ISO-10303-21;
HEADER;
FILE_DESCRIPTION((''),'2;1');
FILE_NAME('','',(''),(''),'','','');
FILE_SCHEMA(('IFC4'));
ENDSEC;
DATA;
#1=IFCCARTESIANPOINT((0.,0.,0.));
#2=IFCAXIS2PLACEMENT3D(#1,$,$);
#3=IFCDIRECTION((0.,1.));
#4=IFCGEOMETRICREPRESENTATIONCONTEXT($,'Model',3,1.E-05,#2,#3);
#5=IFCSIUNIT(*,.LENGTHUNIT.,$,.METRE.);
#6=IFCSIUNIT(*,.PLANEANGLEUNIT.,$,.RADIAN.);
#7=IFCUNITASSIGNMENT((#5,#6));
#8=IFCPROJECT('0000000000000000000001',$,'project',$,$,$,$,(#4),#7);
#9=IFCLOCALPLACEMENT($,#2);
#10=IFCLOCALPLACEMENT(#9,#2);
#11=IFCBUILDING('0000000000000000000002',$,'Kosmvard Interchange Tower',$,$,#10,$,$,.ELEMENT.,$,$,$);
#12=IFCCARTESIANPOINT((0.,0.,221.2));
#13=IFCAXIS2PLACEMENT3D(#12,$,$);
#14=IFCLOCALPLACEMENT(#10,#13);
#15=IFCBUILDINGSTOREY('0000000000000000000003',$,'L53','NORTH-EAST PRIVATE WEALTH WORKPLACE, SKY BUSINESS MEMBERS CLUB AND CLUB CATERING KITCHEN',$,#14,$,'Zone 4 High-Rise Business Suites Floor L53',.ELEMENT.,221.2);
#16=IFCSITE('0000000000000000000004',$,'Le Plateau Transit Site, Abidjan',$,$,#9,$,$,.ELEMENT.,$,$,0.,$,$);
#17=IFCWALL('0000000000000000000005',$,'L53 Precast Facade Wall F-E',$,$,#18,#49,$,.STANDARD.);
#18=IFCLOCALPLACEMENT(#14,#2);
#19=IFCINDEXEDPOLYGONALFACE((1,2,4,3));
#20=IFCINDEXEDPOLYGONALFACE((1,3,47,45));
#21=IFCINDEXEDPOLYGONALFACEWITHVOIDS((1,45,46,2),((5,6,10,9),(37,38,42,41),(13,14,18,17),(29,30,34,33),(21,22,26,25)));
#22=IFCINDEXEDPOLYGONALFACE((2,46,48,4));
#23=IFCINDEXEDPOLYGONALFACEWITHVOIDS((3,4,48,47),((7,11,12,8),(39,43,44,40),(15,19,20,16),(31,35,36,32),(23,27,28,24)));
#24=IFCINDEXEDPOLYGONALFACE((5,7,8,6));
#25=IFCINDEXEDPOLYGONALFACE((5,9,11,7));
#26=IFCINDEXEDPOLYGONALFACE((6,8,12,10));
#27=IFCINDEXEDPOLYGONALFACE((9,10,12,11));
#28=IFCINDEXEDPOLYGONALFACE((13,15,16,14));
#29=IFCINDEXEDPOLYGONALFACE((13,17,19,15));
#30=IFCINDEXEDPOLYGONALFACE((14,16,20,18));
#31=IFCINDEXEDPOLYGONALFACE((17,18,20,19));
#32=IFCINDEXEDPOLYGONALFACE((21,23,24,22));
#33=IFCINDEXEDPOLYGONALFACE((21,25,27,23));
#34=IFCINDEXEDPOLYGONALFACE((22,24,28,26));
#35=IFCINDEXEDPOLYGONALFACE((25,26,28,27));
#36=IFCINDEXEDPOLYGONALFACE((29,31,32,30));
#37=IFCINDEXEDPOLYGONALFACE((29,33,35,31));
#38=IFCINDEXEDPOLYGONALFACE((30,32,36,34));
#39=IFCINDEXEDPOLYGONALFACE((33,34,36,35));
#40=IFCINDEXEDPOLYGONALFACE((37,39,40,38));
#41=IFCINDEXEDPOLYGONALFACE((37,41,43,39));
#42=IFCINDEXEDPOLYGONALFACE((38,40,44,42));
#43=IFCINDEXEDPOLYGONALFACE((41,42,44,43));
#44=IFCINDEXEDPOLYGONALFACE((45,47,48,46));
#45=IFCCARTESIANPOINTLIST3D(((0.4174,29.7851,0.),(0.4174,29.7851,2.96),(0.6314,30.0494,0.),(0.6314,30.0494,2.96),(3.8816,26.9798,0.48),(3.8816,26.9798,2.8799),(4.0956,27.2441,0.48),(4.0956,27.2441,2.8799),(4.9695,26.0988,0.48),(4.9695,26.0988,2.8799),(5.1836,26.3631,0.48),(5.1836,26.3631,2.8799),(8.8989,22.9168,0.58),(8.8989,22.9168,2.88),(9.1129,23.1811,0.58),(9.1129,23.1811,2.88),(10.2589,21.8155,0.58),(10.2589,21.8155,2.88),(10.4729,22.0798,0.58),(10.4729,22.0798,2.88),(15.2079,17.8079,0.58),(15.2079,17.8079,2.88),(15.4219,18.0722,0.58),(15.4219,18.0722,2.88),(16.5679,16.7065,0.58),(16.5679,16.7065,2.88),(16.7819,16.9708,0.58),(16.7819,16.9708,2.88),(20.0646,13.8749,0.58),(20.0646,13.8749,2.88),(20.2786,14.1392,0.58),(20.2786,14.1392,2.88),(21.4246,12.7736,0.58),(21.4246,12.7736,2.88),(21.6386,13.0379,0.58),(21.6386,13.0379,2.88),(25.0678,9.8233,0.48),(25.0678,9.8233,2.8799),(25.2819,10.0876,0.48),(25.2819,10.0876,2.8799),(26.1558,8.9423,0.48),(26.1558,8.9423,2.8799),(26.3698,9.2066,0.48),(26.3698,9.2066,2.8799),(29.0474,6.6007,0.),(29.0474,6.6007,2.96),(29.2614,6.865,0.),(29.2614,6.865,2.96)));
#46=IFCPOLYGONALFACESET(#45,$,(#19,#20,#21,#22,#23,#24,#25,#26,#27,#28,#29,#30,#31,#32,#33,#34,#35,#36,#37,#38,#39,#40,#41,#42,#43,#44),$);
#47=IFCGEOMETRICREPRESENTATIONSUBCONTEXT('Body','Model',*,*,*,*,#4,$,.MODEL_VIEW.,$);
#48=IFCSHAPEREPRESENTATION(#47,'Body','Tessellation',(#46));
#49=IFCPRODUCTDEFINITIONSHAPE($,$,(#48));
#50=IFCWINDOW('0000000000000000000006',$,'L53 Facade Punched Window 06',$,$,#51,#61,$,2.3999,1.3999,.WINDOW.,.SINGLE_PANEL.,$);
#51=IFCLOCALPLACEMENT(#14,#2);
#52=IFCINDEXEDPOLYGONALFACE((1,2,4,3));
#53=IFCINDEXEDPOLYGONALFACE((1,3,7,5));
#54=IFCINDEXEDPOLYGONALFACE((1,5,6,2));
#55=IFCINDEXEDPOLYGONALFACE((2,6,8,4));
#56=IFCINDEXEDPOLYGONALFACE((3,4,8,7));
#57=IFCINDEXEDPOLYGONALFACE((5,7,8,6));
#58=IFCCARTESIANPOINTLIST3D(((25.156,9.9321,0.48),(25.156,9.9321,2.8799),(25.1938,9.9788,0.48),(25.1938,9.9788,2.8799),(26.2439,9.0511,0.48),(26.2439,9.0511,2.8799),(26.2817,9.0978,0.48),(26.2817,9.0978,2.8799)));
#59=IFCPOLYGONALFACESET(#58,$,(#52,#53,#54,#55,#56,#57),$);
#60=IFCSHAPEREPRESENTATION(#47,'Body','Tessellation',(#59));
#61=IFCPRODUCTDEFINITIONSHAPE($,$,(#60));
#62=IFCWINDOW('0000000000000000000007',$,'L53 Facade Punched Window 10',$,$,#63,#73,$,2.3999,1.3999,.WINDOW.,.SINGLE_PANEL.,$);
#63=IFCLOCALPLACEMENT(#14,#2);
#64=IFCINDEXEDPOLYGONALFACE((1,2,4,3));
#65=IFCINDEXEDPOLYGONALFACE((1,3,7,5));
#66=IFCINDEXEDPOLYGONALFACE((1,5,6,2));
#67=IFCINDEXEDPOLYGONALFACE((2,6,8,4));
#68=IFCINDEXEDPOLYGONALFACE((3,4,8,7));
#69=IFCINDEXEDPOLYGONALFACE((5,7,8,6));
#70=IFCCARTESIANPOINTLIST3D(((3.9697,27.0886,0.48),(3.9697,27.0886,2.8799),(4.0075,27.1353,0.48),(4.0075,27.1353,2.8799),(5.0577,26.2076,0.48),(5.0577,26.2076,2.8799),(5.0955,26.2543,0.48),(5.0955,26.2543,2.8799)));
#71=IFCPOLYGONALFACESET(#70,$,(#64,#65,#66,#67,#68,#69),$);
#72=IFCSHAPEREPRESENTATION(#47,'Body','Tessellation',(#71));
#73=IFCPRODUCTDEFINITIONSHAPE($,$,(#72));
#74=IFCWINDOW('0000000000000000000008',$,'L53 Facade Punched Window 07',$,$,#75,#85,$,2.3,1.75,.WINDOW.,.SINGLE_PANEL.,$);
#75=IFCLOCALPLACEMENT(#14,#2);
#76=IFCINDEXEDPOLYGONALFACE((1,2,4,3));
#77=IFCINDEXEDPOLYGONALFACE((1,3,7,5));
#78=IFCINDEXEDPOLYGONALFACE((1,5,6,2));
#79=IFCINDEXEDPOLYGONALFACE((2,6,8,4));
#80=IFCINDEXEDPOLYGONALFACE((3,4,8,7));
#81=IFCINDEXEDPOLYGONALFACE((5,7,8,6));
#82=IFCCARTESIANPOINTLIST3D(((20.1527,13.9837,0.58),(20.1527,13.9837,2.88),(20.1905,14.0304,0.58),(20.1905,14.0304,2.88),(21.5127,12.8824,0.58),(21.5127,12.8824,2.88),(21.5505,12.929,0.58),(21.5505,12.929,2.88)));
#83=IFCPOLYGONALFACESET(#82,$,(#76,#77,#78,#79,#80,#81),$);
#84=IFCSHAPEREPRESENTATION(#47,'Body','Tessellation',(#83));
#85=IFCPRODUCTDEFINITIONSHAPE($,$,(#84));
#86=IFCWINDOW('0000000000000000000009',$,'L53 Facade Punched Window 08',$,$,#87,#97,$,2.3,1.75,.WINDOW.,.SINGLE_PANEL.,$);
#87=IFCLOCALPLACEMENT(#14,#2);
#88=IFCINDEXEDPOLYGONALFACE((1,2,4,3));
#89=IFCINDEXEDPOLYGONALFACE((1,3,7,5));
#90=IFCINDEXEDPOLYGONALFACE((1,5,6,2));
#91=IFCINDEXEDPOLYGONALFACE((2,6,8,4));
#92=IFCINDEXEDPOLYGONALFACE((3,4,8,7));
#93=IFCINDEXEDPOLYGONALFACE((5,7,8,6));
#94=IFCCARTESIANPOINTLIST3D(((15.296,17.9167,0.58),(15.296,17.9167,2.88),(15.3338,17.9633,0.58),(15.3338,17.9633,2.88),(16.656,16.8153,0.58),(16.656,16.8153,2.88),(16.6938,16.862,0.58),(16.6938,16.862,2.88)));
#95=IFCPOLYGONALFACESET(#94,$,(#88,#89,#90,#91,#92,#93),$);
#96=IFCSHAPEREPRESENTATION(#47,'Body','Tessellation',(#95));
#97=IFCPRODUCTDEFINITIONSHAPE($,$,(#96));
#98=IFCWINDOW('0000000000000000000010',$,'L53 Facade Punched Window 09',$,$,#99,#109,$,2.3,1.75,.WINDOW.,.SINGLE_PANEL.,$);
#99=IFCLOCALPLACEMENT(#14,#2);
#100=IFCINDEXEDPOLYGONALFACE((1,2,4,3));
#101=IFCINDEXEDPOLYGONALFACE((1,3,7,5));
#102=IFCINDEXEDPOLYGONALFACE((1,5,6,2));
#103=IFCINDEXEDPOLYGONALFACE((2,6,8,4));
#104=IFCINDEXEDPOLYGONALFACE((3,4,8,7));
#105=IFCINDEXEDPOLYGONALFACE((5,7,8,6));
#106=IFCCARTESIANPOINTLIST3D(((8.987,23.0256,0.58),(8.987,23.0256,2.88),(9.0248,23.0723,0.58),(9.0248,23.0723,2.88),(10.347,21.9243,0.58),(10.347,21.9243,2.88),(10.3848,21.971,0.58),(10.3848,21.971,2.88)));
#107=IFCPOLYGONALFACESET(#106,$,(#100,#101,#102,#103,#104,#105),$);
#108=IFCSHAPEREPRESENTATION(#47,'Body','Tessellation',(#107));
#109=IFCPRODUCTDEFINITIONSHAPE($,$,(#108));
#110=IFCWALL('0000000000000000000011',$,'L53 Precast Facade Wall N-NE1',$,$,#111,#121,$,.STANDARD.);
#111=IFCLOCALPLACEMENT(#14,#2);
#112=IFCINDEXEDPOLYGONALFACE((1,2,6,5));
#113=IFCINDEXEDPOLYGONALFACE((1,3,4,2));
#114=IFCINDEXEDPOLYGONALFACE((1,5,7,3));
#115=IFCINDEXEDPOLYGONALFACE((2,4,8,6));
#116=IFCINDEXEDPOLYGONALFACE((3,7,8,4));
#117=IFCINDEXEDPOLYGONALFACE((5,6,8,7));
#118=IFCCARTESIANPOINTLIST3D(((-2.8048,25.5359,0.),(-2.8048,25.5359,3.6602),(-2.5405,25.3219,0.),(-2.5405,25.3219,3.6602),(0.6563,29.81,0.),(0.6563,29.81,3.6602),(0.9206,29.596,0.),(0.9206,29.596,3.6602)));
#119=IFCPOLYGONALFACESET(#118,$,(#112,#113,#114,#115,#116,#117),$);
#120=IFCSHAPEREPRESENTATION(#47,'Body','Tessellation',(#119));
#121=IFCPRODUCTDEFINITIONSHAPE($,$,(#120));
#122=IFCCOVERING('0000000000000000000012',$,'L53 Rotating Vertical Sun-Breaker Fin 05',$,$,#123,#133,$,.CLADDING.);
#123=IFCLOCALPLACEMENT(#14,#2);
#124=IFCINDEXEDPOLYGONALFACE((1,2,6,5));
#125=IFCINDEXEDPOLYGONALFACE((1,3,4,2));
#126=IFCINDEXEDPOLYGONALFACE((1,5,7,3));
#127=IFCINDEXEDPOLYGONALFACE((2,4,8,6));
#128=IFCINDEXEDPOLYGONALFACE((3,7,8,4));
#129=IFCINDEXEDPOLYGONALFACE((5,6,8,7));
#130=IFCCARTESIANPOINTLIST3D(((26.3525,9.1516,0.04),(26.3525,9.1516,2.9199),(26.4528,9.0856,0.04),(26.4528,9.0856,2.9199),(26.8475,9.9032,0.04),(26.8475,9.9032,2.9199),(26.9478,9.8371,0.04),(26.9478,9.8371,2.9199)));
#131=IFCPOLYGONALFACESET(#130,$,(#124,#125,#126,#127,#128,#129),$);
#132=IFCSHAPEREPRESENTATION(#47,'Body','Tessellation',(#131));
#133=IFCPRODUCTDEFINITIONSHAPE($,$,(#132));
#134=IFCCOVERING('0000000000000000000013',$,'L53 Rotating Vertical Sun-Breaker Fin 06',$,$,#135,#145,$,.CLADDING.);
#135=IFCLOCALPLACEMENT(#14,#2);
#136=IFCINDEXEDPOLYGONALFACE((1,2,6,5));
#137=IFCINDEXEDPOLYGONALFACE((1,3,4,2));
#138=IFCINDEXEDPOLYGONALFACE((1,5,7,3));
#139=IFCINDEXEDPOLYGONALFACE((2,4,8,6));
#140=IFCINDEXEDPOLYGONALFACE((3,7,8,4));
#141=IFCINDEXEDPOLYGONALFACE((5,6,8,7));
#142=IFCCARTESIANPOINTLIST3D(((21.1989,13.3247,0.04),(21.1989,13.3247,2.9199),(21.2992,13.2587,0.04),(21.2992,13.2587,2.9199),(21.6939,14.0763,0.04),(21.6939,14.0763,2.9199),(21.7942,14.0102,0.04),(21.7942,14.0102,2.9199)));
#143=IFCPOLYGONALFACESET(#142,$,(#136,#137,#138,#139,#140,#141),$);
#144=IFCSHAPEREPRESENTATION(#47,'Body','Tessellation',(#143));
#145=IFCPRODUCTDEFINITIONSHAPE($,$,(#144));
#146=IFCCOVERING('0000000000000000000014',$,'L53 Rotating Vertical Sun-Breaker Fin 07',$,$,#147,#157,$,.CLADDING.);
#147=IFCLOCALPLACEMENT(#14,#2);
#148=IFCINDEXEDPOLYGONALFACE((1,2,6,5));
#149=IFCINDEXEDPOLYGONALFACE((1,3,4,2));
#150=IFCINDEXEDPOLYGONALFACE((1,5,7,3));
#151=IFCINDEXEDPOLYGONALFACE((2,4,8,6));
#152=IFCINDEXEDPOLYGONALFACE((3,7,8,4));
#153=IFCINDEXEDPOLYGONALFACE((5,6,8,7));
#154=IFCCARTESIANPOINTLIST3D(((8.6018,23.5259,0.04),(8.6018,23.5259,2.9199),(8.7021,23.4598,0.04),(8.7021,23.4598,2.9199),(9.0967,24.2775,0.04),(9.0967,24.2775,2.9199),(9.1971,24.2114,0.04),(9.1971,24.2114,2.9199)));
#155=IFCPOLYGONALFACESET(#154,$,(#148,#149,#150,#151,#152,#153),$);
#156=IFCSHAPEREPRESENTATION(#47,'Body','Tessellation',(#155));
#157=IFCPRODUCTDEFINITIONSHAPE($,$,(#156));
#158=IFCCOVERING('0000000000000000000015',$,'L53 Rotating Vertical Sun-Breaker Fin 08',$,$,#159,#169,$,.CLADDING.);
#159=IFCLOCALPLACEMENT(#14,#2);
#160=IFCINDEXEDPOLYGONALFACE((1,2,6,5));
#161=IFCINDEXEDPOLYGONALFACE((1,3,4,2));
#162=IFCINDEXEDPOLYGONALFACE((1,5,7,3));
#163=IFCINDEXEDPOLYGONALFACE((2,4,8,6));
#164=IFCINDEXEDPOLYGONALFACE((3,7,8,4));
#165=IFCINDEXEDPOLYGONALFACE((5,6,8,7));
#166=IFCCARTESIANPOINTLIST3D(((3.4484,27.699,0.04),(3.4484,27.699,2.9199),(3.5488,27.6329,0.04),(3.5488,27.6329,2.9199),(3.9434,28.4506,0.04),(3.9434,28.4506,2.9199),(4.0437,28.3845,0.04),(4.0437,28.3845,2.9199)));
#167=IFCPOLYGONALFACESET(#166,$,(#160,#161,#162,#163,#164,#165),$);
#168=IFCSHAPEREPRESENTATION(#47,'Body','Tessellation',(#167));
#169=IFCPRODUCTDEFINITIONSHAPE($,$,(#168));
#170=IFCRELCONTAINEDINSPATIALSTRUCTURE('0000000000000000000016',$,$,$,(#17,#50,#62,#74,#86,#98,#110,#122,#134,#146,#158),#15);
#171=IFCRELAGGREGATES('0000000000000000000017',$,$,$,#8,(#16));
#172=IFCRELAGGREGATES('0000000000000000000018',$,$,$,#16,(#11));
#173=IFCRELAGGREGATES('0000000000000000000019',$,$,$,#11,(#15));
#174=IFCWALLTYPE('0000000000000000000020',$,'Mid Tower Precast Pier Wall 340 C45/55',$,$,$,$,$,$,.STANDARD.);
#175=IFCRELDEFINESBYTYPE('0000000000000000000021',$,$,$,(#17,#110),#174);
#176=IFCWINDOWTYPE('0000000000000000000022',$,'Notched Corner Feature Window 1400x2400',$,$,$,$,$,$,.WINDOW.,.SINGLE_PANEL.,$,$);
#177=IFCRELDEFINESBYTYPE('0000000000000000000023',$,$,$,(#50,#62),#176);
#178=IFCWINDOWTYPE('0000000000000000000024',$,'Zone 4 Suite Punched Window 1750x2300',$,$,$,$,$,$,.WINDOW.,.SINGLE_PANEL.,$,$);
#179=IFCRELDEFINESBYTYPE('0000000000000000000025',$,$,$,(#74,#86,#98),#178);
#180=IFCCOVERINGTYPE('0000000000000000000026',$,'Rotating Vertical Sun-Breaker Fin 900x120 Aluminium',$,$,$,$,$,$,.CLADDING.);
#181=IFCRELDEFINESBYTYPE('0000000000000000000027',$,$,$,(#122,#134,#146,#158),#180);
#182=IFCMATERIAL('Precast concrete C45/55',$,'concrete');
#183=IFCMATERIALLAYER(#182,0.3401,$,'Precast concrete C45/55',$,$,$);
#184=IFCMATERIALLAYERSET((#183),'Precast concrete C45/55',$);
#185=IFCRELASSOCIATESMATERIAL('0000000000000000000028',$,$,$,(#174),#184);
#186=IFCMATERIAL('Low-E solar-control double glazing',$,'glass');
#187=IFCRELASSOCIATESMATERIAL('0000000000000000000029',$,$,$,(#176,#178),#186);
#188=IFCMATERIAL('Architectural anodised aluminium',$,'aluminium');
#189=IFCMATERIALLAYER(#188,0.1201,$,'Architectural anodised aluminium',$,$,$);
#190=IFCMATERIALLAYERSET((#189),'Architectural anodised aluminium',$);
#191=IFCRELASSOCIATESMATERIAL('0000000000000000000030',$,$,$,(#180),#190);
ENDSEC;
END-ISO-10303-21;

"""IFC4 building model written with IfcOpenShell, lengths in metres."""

from ifc_helpers import new_model, si_unit, direction, frame, frame_2d, origin, origin_2d, place, context, subcontext, project, spatial, rectangle, extrude, source, transform, mapped, material, layer, layer_set, type_object, element, fill, save


model = new_model("IFC4")

# Units and contexts
model_context = context("Model", 3, precision=1e-05, world=origin(), true_north=direction((0.0, 1.0)))
body_context = subcontext(model_context, "Body", "Model", "MODEL_VIEW")
ifc_project = project(units=[si_unit("LENGTHUNIT", "METRE"), si_unit("PLANEANGLEUNIT", "RADIAN")], contexts=[model_context])

# Site, building, storey
site_placement = place(None, origin())
site = spatial("IfcSite", under=ifc_project, at=site_placement, Name="Le Plateau Transit Site, Abidjan", CompositionType="ELEMENT", RefElevation=0.0)
building_placement = place(site_placement, origin())
building = spatial("IfcBuilding", under=site, at=building_placement, Name="Kosmvard Interchange Tower", CompositionType="ELEMENT")
storey_placement = place(building_placement, frame((0.0, 0.0, 221.2)))
storey = spatial("IfcBuildingStorey", under=building, at=storey_placement, Name="L53", Description="NORTH-EAST PRIVATE WEALTH WORKPLACE, SKY BUSINESS MEMBERS CLUB AND CLUB CATERING KITCHEN", LongName="Zone 4 High-Rise Business Suites Floor L53", CompositionType="ELEMENT", Elevation=221.2)

# Shared definitions
ifc_material_1 = material(Name="Precast concrete C45/55", Category="concrete")

# Wall, openings, windows
ifc_layer_1 = layer(ifc_material_1, 0.3401, Name="Precast concrete C45/55")
ifc_layer_set_1 = layer_set([ifc_layer_1], Name="Precast concrete C45/55")
wall_type = type_object("IfcWallType", Name="Mid Tower Precast Pier Wall 340 C45/55", PredefinedType="STANDARD", material=ifc_layer_set_1)
wall_1_placement = place(storey_placement, frame((29.1543, 6.7329, 0.0), z_axis=(0.0, 0.0, 1.0), x_axis=(-0.777142, 0.629325, 0.0)))
wall_1 = element("IfcWall", 1, at=wall_1_placement, inside=storey, type_object=wall_type, Name="L53 Precast Facade Wall F-E", PredefinedType="STANDARD", context=body_context, shape_type="SweptSolid", body=[
    extrude(rectangle(XDim=36.8401, YDim=0.3401, at=frame_2d((18.4199, 0.0))), origin(), (0.0, 0.0, 1.0), 2.96),
])
opening_1_placement = place(wall_1_placement, frame((3.7207, 0.0, 0.48)))
opening_1 = element("IfcOpeningElement", 2, at=opening_1_placement, cuts=wall_1, PredefinedType="OPENING", context=body_context, shape_type="SweptSolid", body=[
    extrude(rectangle(XDim=1.3999, YDim=2.3999, at=frame_2d((0.7, 1.2))), frame((0.0, 0.1802, 0.0), z_axis=(0.0, -1.0, 0.0), x_axis=(1.0, 0.0, 0.0)), (0.0, 0.0, 1.0), 0.3601),
])
opening_2_placement = place(wall_1_placement, frame((9.8086, 0.0, 0.5801)))
opening_2 = element("IfcOpeningElement", 3, at=opening_2_placement, cuts=wall_1, PredefinedType="OPENING", context=body_context, shape_type="SweptSolid", body=[
    extrude(rectangle(XDim=1.75, YDim=2.3, at=frame_2d((0.875, 1.1499))), frame((0.0, 0.1802, 0.0), z_axis=(0.0, -1.0, 0.0), x_axis=(1.0, 0.0, 0.0)), (0.0, 0.0, 1.0), 0.3601),
])
opening_3_placement = place(wall_1_placement, frame((16.0581, 0.0, 0.5801)))
opening_3 = element("IfcOpeningElement", 4, at=opening_3_placement, cuts=wall_1, PredefinedType="OPENING", context=body_context, shape_type="SweptSolid", body=[
    extrude(rectangle(XDim=1.75, YDim=2.3, at=frame_2d((0.875, 1.1499))), frame((0.0, 0.1802, 0.0), z_axis=(0.0, -1.0, 0.0), x_axis=(1.0, 0.0, 0.0)), (0.0, 0.0, 1.0), 0.3601),
])
opening_4_placement = place(wall_1_placement, frame((24.1763, 0.0, 0.5801)))
opening_4 = element("IfcOpeningElement", 5, at=opening_4_placement, cuts=wall_1, PredefinedType="OPENING", context=body_context, shape_type="SweptSolid", body=[
    extrude(rectangle(XDim=1.75, YDim=2.3, at=frame_2d((0.875, 1.1499))), frame((0.0, 0.1802, 0.0), z_axis=(0.0, -1.0, 0.0), x_axis=(1.0, 0.0, 0.0)), (0.0, 0.0, 1.0), 0.3601),
])
opening_5_placement = place(wall_1_placement, frame((30.9824, 0.0, 0.48)))
opening_5 = element("IfcOpeningElement", 6, at=opening_5_placement, cuts=wall_1, PredefinedType="OPENING", context=body_context, shape_type="SweptSolid", body=[
    extrude(rectangle(XDim=1.3999, YDim=2.3999, at=frame_2d((0.7, 1.2))), frame((0.0, 0.1802, 0.0), z_axis=(0.0, -1.0, 0.0), x_axis=(1.0, 0.0, 0.0)), (0.0, 0.0, 1.0), 0.3601),
])
ifc_material_2 = material(Name="Low-E solar-control double glazing", Category="glass")
window_type_1 = type_object("IfcWindowType", Name="Notched Corner Feature Window 1400x2400", PartitioningType="SINGLE_PANEL", PredefinedType="WINDOW", material=ifc_material_2)
shared_shape_1 = source(origin(), body_context, "Body", "SweptSolid", [
    extrude(rectangle(XDim=1.3999, YDim=2.3999, at=frame_2d((0.7, 1.2))), frame((0.0, 0.03, 0.0), z_axis=(0.0, -1.0, 0.0), x_axis=(1.0, 0.0, 0.0)), (0.0, 0.0, 1.0), 0.0601),
])
window_1_placement = place(opening_1_placement, origin())
window_1 = element("IfcWindow", 7, at=window_1_placement, inside=storey, type_object=window_type_1, Name="L53 Facade Punched Window 06", OverallHeight=2.3999, OverallWidth=1.3999, PartitioningType="SINGLE_PANEL", PredefinedType="WINDOW", context=body_context, shape_type="MappedRepresentation", body=[
    mapped(shared_shape_1, transform((0.0, 0.0, 0.0), scale=1.0)),
])
fill(opening_1, window_1)
window_2_placement = place(opening_5_placement, origin())
window_2 = element("IfcWindow", 8, at=window_2_placement, inside=storey, type_object=window_type_1, Name="L53 Facade Punched Window 10", OverallHeight=2.3999, OverallWidth=1.3999, PartitioningType="SINGLE_PANEL", PredefinedType="WINDOW", context=body_context, shape_type="MappedRepresentation", body=[
    mapped(shared_shape_1, transform((0.0, 0.0, 0.0), scale=1.0)),
])
fill(opening_5, window_2)
window_type_2 = type_object("IfcWindowType", Name="Zone 4 Suite Punched Window 1750x2300", PartitioningType="SINGLE_PANEL", PredefinedType="WINDOW", material=ifc_material_2)
shared_shape_2 = source(origin(), body_context, "Body", "SweptSolid", [
    extrude(rectangle(XDim=1.75, YDim=2.3, at=frame_2d((0.875, 1.1499))), frame((0.0, 0.03, 0.0), z_axis=(0.0, -1.0, 0.0), x_axis=(1.0, 0.0, 0.0)), (0.0, 0.0, 1.0), 0.0601),
])
window_3_placement = place(opening_2_placement, origin())
window_3 = element("IfcWindow", 9, at=window_3_placement, inside=storey, type_object=window_type_2, Name="L53 Facade Punched Window 07", OverallHeight=2.3, OverallWidth=1.75, PartitioningType="SINGLE_PANEL", PredefinedType="WINDOW", context=body_context, shape_type="MappedRepresentation", body=[
    mapped(shared_shape_2, transform((0.0, 0.0, 0.0), scale=1.0)),
])
fill(opening_2, window_3)
window_4_placement = place(opening_3_placement, origin())
window_4 = element("IfcWindow", 10, at=window_4_placement, inside=storey, type_object=window_type_2, Name="L53 Facade Punched Window 08", OverallHeight=2.3, OverallWidth=1.75, PartitioningType="SINGLE_PANEL", PredefinedType="WINDOW", context=body_context, shape_type="MappedRepresentation", body=[
    mapped(shared_shape_2, transform((0.0, 0.0, 0.0), scale=1.0)),
])
fill(opening_3, window_4)
window_5_placement = place(opening_4_placement, origin())
window_5 = element("IfcWindow", 11, at=window_5_placement, inside=storey, type_object=window_type_2, Name="L53 Facade Punched Window 09", OverallHeight=2.3, OverallWidth=1.75, PartitioningType="SINGLE_PANEL", PredefinedType="WINDOW", context=body_context, shape_type="MappedRepresentation", body=[
    mapped(shared_shape_2, transform((0.0, 0.0, 0.0), scale=1.0)),
])
fill(opening_4, window_5)

# Wall
wall_2_placement = place(storey_placement, frame((0.7886, 29.7031, 0.0), z_axis=(0.0, 0.0, 1.0), x_axis=(-0.629323, -0.777144, 0.0)))
element("IfcWall", 12, at=wall_2_placement, inside=storey, type_object=wall_type, Name="L53 Precast Facade Wall N-NE1", PredefinedType="STANDARD", context=body_context, shape_type="SweptSolid", body=[
    extrude(rectangle(XDim=5.4998, YDim=0.3401, at=frame_2d((2.75, 0.0))), origin(), (0.0, 0.0, 1.0), 3.6602),
])

# Coverings
ifc_material_3 = material(Name="Architectural anodised aluminium", Category="aluminium")
ifc_layer_2 = layer(ifc_material_3, 0.1201, Name="Architectural anodised aluminium")
ifc_layer_set_2 = layer_set([ifc_layer_2], Name="Architectural anodised aluminium")
covering_type = type_object("IfcCoveringType", Name="Rotating Vertical Sun-Breaker Fin 900x120 Aluminium", PredefinedType="CLADDING", material=ifc_layer_set_2)
shared_shape_3 = source(origin(), body_context, "Body", "SweptSolid", [
    extrude(rectangle(XDim=0.8999, YDim=0.1201, at=origin_2d()), origin(), (0.0, 0.0, 1.0), 2.8799),
])
for number, where, z_axis, x_axis, name in (
    (13, (26.6501, 9.4944, 0.04), (0.0, 0.0, 1.0), (0.550044, 0.835136, 0.0), "L53 Rotating Vertical Sun-Breaker Fin 05"),
    (14, (21.4966, 13.6675, 0.04), (0.0, 0.0, 1.0), (0.550044, 0.835136, 0.0), "L53 Rotating Vertical Sun-Breaker Fin 06"),
    (15, (8.8994, 23.8687, 0.04), (0.0, 0.0, 1.0), (0.550044, 0.835136, 0.0), "L53 Rotating Vertical Sun-Breaker Fin 07"),
    (16, (3.7461, 28.0417, 0.04), (0.0, 0.0, 1.0), (0.550044, 0.835136, 0.0), "L53 Rotating Vertical Sun-Breaker Fin 08"),
):
    element("IfcCovering", number, at=place(storey_placement, frame(where, z_axis=z_axis, x_axis=x_axis)), inside=storey, type_object=covering_type, Name=name, PredefinedType="CLADDING", context=body_context, shape_type="MappedRepresentation", body=[
        mapped(shared_shape_3, transform((0.0, 0.0, 0.0), scale=1.0)),
    ])

save(model, "model.ifc")
